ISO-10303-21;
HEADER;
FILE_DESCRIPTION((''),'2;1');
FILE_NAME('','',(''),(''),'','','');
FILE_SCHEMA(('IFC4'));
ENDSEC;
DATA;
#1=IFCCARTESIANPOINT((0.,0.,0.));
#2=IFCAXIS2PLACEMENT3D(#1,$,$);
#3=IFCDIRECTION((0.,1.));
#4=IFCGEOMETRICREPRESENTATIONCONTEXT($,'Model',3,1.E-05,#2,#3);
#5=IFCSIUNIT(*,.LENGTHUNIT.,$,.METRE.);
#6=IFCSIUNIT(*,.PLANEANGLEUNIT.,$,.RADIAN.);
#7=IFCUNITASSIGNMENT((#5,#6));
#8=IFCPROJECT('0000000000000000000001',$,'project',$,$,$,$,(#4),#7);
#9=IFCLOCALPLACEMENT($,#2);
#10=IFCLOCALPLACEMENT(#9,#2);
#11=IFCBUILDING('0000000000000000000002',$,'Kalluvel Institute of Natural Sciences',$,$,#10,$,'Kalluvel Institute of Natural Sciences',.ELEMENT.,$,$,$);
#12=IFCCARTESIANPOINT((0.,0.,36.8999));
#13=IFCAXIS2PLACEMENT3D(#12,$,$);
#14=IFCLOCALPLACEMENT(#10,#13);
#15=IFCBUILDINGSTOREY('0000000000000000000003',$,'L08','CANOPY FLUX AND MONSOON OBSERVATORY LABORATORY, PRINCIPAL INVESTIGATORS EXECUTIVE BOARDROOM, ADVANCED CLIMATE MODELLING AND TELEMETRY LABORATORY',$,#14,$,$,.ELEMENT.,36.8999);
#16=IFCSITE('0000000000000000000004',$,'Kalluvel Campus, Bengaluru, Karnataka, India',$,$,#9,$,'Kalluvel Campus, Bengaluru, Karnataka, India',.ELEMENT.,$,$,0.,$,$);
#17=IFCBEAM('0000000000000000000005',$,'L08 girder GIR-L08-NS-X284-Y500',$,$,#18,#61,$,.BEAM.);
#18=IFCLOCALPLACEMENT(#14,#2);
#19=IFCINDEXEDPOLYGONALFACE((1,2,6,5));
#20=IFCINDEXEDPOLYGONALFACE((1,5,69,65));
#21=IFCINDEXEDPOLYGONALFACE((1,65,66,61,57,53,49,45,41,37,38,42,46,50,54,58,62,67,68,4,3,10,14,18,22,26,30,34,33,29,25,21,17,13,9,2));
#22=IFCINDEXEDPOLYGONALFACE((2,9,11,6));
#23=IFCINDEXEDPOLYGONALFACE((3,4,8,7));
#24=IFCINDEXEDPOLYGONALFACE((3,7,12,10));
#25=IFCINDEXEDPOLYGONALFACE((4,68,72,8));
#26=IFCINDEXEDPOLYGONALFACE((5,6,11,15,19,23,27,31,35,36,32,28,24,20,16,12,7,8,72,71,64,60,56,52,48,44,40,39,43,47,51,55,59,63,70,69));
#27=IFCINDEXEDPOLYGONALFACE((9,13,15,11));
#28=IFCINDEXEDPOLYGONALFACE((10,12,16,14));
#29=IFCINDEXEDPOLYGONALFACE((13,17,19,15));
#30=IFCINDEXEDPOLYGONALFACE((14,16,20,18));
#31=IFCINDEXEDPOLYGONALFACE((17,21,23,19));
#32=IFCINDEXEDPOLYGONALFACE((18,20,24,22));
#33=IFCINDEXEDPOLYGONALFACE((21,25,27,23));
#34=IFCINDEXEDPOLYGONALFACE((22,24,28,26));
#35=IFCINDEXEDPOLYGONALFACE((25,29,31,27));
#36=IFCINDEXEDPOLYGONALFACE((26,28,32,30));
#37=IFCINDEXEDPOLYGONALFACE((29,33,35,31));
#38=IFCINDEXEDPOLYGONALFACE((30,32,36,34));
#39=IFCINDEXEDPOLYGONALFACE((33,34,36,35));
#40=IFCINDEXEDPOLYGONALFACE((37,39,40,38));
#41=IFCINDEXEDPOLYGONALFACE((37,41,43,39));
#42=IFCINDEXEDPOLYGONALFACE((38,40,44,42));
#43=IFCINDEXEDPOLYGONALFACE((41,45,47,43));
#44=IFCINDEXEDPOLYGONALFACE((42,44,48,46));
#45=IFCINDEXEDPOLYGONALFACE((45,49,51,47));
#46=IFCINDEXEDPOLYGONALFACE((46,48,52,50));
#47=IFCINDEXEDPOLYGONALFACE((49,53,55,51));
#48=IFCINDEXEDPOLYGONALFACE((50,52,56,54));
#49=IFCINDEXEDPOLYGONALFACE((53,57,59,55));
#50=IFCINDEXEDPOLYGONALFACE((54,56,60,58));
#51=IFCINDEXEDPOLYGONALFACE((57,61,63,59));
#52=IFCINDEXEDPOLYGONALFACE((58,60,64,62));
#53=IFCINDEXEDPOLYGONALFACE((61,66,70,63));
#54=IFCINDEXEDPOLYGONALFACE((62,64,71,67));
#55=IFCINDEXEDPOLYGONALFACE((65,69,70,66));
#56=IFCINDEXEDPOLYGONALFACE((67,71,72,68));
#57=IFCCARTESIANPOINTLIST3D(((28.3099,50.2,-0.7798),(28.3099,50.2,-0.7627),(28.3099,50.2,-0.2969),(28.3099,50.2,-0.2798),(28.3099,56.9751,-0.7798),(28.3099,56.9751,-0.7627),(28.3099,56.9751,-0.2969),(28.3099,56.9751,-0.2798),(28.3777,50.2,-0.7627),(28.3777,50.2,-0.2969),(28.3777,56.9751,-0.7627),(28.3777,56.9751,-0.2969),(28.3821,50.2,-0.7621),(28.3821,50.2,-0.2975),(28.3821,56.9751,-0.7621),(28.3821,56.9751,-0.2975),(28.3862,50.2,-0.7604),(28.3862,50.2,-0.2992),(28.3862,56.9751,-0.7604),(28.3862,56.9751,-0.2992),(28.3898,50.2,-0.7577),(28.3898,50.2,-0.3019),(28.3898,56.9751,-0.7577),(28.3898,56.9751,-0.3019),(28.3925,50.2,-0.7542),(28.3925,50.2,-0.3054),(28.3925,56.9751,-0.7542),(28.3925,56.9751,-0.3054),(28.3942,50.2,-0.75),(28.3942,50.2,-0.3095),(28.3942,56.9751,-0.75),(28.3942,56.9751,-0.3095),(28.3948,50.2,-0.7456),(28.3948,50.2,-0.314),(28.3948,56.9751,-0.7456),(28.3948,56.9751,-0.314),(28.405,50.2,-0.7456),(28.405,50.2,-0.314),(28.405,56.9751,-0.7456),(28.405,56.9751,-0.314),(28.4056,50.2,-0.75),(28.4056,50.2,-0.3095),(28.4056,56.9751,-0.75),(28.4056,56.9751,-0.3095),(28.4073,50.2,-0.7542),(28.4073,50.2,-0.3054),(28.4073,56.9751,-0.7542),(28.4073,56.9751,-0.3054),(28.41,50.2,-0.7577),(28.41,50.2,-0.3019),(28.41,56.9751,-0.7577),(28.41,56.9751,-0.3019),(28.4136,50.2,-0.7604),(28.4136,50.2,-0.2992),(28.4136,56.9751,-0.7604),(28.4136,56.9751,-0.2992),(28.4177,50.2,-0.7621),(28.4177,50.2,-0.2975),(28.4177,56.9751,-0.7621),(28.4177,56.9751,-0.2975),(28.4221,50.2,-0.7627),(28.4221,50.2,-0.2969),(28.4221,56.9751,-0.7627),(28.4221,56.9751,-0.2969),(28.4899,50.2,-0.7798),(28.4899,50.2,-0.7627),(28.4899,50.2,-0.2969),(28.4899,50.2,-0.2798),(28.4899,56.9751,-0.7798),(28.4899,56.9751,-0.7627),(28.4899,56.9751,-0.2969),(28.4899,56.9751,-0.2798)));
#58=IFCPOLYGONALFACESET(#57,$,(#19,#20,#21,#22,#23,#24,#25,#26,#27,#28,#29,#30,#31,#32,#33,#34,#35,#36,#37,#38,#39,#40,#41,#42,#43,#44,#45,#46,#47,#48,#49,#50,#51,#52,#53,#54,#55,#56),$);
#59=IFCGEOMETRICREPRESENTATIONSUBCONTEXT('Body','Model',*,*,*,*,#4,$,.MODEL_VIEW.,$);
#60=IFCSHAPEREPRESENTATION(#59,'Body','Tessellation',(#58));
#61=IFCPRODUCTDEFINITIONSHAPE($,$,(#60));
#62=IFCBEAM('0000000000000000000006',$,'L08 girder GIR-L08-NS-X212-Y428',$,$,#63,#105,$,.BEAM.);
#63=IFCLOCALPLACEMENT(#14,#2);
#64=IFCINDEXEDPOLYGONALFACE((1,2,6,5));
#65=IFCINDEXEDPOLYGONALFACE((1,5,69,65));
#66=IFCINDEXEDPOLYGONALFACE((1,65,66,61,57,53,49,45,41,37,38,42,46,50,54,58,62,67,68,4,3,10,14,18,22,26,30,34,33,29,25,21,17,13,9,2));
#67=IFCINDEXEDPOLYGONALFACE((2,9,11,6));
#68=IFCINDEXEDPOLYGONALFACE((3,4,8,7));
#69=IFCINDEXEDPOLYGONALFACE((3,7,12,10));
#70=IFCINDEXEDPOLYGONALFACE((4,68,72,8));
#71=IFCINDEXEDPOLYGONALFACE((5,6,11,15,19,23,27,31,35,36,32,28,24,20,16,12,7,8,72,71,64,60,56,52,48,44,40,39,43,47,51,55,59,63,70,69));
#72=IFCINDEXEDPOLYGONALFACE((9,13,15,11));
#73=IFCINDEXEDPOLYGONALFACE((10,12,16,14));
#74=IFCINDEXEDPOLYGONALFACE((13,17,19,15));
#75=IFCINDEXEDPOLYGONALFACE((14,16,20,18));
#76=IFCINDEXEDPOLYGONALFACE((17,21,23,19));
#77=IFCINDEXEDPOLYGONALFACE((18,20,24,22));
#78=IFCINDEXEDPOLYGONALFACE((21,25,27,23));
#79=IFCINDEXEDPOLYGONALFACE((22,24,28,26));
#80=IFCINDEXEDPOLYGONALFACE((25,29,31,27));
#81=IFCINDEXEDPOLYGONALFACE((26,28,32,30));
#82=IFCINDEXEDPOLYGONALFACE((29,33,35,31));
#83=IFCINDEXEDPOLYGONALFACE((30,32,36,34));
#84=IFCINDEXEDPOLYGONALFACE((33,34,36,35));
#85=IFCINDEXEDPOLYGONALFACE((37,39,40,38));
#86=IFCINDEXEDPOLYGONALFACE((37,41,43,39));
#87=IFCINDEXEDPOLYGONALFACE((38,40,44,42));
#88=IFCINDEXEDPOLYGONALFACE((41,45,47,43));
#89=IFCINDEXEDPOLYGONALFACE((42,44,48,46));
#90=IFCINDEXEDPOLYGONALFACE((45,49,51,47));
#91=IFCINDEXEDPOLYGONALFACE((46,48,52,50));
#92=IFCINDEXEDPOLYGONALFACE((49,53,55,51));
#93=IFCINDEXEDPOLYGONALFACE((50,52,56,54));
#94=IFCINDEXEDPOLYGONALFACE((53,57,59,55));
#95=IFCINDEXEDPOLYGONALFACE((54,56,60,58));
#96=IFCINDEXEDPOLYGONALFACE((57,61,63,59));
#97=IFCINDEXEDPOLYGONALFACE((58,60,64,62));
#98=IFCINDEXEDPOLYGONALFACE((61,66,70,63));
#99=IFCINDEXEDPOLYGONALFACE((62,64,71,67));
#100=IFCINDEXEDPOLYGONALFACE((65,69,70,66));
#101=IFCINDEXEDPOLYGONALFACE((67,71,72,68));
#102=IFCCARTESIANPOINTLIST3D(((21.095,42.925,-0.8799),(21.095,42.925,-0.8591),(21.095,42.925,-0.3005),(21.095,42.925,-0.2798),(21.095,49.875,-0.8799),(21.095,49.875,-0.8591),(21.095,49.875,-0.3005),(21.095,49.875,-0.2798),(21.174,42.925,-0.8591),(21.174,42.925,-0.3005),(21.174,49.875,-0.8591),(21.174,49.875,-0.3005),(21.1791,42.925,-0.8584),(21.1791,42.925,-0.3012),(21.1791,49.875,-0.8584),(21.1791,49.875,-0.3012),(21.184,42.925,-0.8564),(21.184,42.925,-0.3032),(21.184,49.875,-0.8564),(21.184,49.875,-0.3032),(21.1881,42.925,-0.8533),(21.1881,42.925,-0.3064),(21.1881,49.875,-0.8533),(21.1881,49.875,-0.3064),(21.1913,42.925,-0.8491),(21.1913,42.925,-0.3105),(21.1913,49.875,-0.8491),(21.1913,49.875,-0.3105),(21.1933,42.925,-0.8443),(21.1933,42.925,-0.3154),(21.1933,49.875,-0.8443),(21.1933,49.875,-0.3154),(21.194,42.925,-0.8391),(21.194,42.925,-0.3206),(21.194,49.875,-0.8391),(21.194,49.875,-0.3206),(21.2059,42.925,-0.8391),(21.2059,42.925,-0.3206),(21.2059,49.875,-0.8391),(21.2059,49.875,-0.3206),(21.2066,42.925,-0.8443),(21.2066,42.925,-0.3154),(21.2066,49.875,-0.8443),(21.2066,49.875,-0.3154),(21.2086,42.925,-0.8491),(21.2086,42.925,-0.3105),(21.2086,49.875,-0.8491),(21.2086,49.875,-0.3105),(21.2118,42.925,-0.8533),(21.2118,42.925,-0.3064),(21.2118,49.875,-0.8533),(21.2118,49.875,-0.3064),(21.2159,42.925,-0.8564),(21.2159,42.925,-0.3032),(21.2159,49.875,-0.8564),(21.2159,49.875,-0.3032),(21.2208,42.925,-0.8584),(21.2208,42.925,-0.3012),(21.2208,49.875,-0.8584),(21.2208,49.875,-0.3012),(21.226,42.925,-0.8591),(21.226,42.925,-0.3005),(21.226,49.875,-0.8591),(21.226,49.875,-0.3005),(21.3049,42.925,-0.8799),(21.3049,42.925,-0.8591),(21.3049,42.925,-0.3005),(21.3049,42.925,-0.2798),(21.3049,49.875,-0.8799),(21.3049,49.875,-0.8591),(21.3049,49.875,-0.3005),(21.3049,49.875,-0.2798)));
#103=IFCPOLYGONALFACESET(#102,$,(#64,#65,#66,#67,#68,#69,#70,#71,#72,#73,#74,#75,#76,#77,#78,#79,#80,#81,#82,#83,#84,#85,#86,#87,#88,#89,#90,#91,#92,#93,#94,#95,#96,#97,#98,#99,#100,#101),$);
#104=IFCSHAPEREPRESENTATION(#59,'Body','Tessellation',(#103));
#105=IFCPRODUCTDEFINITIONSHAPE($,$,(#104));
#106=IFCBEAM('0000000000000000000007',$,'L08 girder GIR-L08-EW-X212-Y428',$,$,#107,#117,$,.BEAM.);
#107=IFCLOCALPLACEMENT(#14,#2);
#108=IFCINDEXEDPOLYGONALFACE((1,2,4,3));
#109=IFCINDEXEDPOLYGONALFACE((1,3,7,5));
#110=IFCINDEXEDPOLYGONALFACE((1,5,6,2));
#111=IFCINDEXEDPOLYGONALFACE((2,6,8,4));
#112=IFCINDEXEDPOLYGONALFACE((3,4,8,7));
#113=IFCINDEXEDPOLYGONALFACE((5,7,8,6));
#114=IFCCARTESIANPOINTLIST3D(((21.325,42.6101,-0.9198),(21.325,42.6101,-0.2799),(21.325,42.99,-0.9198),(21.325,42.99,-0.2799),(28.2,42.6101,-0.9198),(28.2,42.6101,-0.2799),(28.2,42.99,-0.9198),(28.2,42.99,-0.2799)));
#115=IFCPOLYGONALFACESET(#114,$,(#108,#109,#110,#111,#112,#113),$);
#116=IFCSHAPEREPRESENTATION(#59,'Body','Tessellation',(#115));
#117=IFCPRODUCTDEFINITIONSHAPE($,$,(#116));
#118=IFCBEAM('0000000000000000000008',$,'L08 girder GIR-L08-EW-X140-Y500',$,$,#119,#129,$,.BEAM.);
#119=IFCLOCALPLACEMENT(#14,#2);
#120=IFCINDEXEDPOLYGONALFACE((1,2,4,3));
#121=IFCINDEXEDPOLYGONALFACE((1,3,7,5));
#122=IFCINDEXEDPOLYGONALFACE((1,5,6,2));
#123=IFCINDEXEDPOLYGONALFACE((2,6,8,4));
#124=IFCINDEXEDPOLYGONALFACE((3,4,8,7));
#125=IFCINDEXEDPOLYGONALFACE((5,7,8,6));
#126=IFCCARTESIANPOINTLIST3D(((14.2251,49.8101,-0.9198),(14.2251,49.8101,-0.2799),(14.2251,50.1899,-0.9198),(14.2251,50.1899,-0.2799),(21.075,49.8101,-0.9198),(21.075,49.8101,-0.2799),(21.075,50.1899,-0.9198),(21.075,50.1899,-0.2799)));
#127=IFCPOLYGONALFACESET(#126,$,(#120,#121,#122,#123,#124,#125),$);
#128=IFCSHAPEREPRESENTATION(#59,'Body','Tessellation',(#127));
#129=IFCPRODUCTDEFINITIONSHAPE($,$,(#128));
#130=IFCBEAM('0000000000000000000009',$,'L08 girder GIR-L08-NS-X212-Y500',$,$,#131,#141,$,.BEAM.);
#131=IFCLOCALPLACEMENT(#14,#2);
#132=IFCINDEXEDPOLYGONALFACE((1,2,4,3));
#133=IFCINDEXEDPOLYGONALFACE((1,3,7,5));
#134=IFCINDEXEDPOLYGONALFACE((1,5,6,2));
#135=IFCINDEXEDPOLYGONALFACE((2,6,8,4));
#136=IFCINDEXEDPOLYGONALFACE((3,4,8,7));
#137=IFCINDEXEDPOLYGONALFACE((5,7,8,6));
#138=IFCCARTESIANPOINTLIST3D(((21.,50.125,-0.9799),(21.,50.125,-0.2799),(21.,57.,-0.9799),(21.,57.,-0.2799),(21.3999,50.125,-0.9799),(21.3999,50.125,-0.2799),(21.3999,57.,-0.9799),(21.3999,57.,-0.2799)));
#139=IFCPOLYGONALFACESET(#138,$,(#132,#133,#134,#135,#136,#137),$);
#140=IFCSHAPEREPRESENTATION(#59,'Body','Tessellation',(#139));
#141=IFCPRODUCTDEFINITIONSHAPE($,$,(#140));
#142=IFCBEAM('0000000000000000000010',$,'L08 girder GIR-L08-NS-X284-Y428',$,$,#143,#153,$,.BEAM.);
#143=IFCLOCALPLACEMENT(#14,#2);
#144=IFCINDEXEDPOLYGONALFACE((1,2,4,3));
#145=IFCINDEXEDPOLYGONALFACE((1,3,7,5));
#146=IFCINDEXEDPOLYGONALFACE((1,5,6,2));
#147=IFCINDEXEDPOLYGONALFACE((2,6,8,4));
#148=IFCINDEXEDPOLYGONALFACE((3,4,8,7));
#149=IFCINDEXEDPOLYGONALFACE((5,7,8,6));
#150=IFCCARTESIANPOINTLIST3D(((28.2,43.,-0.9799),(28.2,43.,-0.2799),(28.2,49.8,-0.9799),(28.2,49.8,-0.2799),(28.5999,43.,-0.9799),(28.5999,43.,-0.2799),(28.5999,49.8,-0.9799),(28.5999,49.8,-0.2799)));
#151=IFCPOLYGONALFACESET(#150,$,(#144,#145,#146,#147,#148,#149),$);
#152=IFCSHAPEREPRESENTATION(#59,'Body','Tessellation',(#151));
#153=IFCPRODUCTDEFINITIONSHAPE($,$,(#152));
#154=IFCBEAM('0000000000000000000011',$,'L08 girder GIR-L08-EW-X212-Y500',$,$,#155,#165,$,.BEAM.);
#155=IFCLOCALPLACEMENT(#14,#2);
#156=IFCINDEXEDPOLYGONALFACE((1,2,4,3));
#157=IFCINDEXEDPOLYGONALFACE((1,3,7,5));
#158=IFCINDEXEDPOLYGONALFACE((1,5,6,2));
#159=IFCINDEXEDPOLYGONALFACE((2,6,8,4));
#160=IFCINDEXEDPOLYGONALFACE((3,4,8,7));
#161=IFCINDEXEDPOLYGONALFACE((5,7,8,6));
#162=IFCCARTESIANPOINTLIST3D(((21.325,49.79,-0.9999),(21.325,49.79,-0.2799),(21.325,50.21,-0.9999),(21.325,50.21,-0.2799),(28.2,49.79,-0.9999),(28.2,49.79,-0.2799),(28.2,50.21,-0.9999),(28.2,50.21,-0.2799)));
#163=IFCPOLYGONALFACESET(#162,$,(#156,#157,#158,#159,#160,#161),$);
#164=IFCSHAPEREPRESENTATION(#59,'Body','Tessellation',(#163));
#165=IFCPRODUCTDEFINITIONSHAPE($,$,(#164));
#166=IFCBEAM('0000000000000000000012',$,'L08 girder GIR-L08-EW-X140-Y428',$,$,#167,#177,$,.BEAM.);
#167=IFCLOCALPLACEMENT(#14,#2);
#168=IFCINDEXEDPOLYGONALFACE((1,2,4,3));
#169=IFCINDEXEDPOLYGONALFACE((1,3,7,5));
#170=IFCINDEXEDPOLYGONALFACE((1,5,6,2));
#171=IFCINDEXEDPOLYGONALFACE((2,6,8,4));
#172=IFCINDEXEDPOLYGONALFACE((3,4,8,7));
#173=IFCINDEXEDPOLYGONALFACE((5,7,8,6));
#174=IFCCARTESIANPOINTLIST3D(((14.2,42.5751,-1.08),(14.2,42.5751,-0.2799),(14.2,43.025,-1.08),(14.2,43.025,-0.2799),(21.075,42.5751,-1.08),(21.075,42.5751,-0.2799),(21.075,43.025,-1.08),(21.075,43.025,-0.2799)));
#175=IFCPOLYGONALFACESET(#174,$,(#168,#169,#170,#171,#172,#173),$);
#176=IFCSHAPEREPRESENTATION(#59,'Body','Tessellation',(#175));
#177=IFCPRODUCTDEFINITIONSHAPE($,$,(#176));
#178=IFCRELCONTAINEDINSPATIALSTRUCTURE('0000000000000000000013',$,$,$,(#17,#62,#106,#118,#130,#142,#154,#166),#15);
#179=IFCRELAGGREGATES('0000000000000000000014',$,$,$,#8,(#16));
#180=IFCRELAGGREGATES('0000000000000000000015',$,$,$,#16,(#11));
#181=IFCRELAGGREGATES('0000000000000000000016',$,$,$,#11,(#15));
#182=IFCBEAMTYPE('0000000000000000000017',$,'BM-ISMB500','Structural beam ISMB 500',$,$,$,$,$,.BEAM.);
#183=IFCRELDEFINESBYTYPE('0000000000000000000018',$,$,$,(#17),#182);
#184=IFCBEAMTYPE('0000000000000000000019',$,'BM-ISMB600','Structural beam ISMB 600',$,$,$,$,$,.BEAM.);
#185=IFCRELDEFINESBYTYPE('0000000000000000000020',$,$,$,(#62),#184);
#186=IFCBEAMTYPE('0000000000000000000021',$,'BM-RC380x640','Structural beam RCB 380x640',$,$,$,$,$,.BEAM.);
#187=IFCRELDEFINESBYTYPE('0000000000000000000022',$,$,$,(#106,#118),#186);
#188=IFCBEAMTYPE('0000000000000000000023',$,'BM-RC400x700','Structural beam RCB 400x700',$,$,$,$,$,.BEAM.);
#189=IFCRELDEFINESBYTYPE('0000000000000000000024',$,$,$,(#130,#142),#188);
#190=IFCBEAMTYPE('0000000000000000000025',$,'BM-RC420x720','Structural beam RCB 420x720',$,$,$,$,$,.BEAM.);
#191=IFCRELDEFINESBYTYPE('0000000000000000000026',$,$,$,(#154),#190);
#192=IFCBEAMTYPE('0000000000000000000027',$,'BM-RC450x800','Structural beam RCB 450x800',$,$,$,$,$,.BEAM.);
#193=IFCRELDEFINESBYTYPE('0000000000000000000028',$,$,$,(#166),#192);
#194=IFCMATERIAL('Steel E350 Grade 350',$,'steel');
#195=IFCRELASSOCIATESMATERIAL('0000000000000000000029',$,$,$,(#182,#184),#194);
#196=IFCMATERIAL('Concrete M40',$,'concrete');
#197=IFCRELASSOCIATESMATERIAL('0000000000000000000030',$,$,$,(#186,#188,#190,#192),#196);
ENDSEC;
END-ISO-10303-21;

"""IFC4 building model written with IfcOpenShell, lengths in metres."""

from ifc_helpers import new_model, si_unit, direction, frame, origin, origin_2d, place, context, subcontext, project, spatial, rectangle, i_section, extrude, material, material_profile, profile_set, type_object, element, save


model = new_model("IFC4")

# Units and contexts
model_context = context("Model", 3, precision=1e-05, world=origin(), true_north=direction((0.0, 1.0)))
body_context = subcontext(model_context, "Body", "Model", "MODEL_VIEW")
ifc_project = project(units=[si_unit("LENGTHUNIT", "METRE"), si_unit("PLANEANGLEUNIT", "RADIAN")], contexts=[model_context])

# Site, building, storey
site_placement = place(None, origin())
site = spatial("IfcSite", under=ifc_project, at=site_placement, Name="Kalluvel Campus, Bengaluru, Karnataka, India", LongName="Kalluvel Campus, Bengaluru, Karnataka, India", CompositionType="ELEMENT", RefElevation=0.0)
building_placement = place(site_placement, origin())
building = spatial("IfcBuilding", under=site, at=building_placement, Name="Kalluvel Institute of Natural Sciences", LongName="Kalluvel Institute of Natural Sciences", CompositionType="ELEMENT")
storey_placement = place(building_placement, frame((0.0, 0.0, 36.8999)))
storey = spatial("IfcBuildingStorey", under=building, at=storey_placement, Name="L08", Description="CANOPY FLUX AND MONSOON OBSERVATORY LABORATORY, PRINCIPAL INVESTIGATORS EXECUTIVE BOARDROOM, ADVANCED CLIMATE MODELLING AND TELEMETRY LABORATORY", CompositionType="ELEMENT", Elevation=36.8999)

# Beams
ifc_material_1 = material(Name="Steel E350 Grade 350", Category="steel")
ifc_material_profile_1 = material_profile(ifc_material_1, i_section(OverallWidth=0.1799, OverallDepth=0.5, WebThickness=0.0103, FlangeThickness=0.0171, FilletRadius=0.0171, at=origin_2d()), Name="ISMB 500")
ifc_profile_set_1 = profile_set([ifc_material_profile_1], Name="Steel E350 Grade 350")
beam_type_1 = type_object("IfcBeamType", Name="BM-ISMB500", Description="Structural beam ISMB 500", PredefinedType="BEAM", material=ifc_profile_set_1)
beam_1_placement = place(storey_placement, frame((28.3999, 50.2, -0.5298), z_axis=(0.0, 1.0, 0.0), x_axis=(-1.0, 0.0, 0.0)))
element("IfcBeam", 1, at=beam_1_placement, inside=storey, type_object=beam_type_1, Name="L08 girder GIR-L08-NS-X284-Y500", PredefinedType="BEAM", context=body_context, shape_type="SweptSolid", body=[
    extrude(i_section(OverallWidth=0.1799, OverallDepth=0.5, WebThickness=0.0103, FlangeThickness=0.0171, FilletRadius=0.0171, at=origin_2d()), origin(), (0.0, 0.0, 1.0), 6.7751),
])
ifc_material_profile_2 = material_profile(ifc_material_1, i_section(OverallWidth=0.21, OverallDepth=0.6001, WebThickness=0.012, FlangeThickness=0.0208, FilletRadius=0.02, at=origin_2d()), Name="ISMB 600")
ifc_profile_set_2 = profile_set([ifc_material_profile_2], Name="Steel E350 Grade 350")
beam_type_2 = type_object("IfcBeamType", Name="BM-ISMB600", Description="Structural beam ISMB 600", PredefinedType="BEAM", material=ifc_profile_set_2)
beam_2_placement = place(storey_placement, frame((21.2, 42.925, -0.5798), z_axis=(0.0, 1.0, 0.0), x_axis=(-1.0, 0.0, 0.0)))
element("IfcBeam", 2, at=beam_2_placement, inside=storey, type_object=beam_type_2, Name="L08 girder GIR-L08-NS-X212-Y428", PredefinedType="BEAM", context=body_context, shape_type="SweptSolid", body=[
    extrude(i_section(OverallWidth=0.21, OverallDepth=0.6001, WebThickness=0.012, FlangeThickness=0.0208, FilletRadius=0.02, at=origin_2d()), origin(), (0.0, 0.0, 1.0), 6.95),
])
ifc_material_2 = material(Name="Concrete M40", Category="concrete")
ifc_material_profile_3 = material_profile(ifc_material_2, rectangle(XDim=0.3799, YDim=0.6399, at=origin_2d()), Name="RCB 380x640")
ifc_profile_set_3 = profile_set([ifc_material_profile_3], Name="Concrete M40")
beam_type_3 = type_object("IfcBeamType", Name="BM-RC380x640", Description="Structural beam RCB 380x640", PredefinedType="BEAM", material=ifc_profile_set_3)
beam_3_placement = place(storey_placement, frame((21.325, 42.8, -0.5999), z_axis=(1.0, 0.0, 0.0), x_axis=(0.0, 1.0, 0.0)))
element("IfcBeam", 3, at=beam_3_placement, inside=storey, type_object=beam_type_3, Name="L08 girder GIR-L08-EW-X212-Y428", PredefinedType="BEAM", context=body_context, shape_type="SweptSolid", body=[
    extrude(rectangle(XDim=0.3799, YDim=0.6399, at=origin_2d()), origin(), (0.0, 0.0, 1.0), 6.875),
])
beam_4_placement = place(storey_placement, frame((14.2251, 50.0, -0.5999), z_axis=(1.0, 0.0, 0.0), x_axis=(0.0, 1.0, 0.0)))
element("IfcBeam", 4, at=beam_4_placement, inside=storey, type_object=beam_type_3, Name="L08 girder GIR-L08-EW-X140-Y500", PredefinedType="BEAM", context=body_context, shape_type="SweptSolid", body=[
    extrude(rectangle(XDim=0.3799, YDim=0.6399, at=origin_2d()), origin(), (0.0, 0.0, 1.0), 6.8499),
])
ifc_material_profile_4 = material_profile(ifc_material_2, rectangle(XDim=0.3999, YDim=0.7, at=origin_2d()), Name="RCB 400x700")
ifc_profile_set_4 = profile_set([ifc_material_profile_4], Name="Concrete M40")
beam_type_4 = type_object("IfcBeamType", Name="BM-RC400x700", Description="Structural beam RCB 400x700", PredefinedType="BEAM", material=ifc_profile_set_4)
beam_5_placement = place(storey_placement, frame((21.2, 50.125, -0.6299), z_axis=(0.0, 1.0, 0.0), x_axis=(-1.0, 0.0, 0.0)))
element("IfcBeam", 5, at=beam_5_placement, inside=storey, type_object=beam_type_4, Name="L08 girder GIR-L08-NS-X212-Y500", PredefinedType="BEAM", context=body_context, shape_type="SweptSolid", body=[
    extrude(rectangle(XDim=0.3999, YDim=0.7, at=origin_2d()), origin(), (0.0, 0.0, 1.0), 6.875),
])
beam_6_placement = place(storey_placement, frame((28.3999, 43.0, -0.6299), z_axis=(0.0, 1.0, 0.0), x_axis=(-1.0, 0.0, 0.0)))
element("IfcBeam", 6, at=beam_6_placement, inside=storey, type_object=beam_type_4, Name="L08 girder GIR-L08-NS-X284-Y428", PredefinedType="BEAM", context=body_context, shape_type="SweptSolid", body=[
    extrude(rectangle(XDim=0.3999, YDim=0.7, at=origin_2d()), origin(), (0.0, 0.0, 1.0), 6.8),
])
ifc_material_profile_5 = material_profile(ifc_material_2, rectangle(XDim=0.4199, YDim=0.72, at=origin_2d()), Name="RCB 420x720")
ifc_profile_set_5 = profile_set([ifc_material_profile_5], Name="Concrete M40")
beam_type_5 = type_object("IfcBeamType", Name="BM-RC420x720", Description="Structural beam RCB 420x720", PredefinedType="BEAM", material=ifc_profile_set_5)
beam_7_placement = place(storey_placement, frame((21.325, 50.0, -0.6399), z_axis=(1.0, 0.0, 0.0), x_axis=(0.0, 1.0, 0.0)))
element("IfcBeam", 7, at=beam_7_placement, inside=storey, type_object=beam_type_5, Name="L08 girder GIR-L08-EW-X212-Y500", PredefinedType="BEAM", context=body_context, shape_type="SweptSolid", body=[
    extrude(rectangle(XDim=0.4199, YDim=0.72, at=origin_2d()), origin(), (0.0, 0.0, 1.0), 6.875),
])
ifc_material_profile_6 = material_profile(ifc_material_2, rectangle(XDim=0.45, YDim=0.8, at=origin_2d()), Name="RCB 450x800")
ifc_profile_set_6 = profile_set([ifc_material_profile_6], Name="Concrete M40")
beam_type_6 = type_object("IfcBeamType", Name="BM-RC450x800", Description="Structural beam RCB 450x800", PredefinedType="BEAM", material=ifc_profile_set_6)
beam_8_placement = place(storey_placement, frame((14.2, 42.8, -0.6799), z_axis=(1.0, 0.0, 0.0), x_axis=(0.0, 1.0, 0.0)))
element("IfcBeam", 8, at=beam_8_placement, inside=storey, type_object=beam_type_6, Name="L08 girder GIR-L08-EW-X140-Y428", PredefinedType="BEAM", context=body_context, shape_type="SweptSolid", body=[
    extrude(rectangle(XDim=0.45, YDim=0.8, at=origin_2d()), origin(), (0.0, 0.0, 1.0), 6.875),
])

save(model, "model.ifc")
